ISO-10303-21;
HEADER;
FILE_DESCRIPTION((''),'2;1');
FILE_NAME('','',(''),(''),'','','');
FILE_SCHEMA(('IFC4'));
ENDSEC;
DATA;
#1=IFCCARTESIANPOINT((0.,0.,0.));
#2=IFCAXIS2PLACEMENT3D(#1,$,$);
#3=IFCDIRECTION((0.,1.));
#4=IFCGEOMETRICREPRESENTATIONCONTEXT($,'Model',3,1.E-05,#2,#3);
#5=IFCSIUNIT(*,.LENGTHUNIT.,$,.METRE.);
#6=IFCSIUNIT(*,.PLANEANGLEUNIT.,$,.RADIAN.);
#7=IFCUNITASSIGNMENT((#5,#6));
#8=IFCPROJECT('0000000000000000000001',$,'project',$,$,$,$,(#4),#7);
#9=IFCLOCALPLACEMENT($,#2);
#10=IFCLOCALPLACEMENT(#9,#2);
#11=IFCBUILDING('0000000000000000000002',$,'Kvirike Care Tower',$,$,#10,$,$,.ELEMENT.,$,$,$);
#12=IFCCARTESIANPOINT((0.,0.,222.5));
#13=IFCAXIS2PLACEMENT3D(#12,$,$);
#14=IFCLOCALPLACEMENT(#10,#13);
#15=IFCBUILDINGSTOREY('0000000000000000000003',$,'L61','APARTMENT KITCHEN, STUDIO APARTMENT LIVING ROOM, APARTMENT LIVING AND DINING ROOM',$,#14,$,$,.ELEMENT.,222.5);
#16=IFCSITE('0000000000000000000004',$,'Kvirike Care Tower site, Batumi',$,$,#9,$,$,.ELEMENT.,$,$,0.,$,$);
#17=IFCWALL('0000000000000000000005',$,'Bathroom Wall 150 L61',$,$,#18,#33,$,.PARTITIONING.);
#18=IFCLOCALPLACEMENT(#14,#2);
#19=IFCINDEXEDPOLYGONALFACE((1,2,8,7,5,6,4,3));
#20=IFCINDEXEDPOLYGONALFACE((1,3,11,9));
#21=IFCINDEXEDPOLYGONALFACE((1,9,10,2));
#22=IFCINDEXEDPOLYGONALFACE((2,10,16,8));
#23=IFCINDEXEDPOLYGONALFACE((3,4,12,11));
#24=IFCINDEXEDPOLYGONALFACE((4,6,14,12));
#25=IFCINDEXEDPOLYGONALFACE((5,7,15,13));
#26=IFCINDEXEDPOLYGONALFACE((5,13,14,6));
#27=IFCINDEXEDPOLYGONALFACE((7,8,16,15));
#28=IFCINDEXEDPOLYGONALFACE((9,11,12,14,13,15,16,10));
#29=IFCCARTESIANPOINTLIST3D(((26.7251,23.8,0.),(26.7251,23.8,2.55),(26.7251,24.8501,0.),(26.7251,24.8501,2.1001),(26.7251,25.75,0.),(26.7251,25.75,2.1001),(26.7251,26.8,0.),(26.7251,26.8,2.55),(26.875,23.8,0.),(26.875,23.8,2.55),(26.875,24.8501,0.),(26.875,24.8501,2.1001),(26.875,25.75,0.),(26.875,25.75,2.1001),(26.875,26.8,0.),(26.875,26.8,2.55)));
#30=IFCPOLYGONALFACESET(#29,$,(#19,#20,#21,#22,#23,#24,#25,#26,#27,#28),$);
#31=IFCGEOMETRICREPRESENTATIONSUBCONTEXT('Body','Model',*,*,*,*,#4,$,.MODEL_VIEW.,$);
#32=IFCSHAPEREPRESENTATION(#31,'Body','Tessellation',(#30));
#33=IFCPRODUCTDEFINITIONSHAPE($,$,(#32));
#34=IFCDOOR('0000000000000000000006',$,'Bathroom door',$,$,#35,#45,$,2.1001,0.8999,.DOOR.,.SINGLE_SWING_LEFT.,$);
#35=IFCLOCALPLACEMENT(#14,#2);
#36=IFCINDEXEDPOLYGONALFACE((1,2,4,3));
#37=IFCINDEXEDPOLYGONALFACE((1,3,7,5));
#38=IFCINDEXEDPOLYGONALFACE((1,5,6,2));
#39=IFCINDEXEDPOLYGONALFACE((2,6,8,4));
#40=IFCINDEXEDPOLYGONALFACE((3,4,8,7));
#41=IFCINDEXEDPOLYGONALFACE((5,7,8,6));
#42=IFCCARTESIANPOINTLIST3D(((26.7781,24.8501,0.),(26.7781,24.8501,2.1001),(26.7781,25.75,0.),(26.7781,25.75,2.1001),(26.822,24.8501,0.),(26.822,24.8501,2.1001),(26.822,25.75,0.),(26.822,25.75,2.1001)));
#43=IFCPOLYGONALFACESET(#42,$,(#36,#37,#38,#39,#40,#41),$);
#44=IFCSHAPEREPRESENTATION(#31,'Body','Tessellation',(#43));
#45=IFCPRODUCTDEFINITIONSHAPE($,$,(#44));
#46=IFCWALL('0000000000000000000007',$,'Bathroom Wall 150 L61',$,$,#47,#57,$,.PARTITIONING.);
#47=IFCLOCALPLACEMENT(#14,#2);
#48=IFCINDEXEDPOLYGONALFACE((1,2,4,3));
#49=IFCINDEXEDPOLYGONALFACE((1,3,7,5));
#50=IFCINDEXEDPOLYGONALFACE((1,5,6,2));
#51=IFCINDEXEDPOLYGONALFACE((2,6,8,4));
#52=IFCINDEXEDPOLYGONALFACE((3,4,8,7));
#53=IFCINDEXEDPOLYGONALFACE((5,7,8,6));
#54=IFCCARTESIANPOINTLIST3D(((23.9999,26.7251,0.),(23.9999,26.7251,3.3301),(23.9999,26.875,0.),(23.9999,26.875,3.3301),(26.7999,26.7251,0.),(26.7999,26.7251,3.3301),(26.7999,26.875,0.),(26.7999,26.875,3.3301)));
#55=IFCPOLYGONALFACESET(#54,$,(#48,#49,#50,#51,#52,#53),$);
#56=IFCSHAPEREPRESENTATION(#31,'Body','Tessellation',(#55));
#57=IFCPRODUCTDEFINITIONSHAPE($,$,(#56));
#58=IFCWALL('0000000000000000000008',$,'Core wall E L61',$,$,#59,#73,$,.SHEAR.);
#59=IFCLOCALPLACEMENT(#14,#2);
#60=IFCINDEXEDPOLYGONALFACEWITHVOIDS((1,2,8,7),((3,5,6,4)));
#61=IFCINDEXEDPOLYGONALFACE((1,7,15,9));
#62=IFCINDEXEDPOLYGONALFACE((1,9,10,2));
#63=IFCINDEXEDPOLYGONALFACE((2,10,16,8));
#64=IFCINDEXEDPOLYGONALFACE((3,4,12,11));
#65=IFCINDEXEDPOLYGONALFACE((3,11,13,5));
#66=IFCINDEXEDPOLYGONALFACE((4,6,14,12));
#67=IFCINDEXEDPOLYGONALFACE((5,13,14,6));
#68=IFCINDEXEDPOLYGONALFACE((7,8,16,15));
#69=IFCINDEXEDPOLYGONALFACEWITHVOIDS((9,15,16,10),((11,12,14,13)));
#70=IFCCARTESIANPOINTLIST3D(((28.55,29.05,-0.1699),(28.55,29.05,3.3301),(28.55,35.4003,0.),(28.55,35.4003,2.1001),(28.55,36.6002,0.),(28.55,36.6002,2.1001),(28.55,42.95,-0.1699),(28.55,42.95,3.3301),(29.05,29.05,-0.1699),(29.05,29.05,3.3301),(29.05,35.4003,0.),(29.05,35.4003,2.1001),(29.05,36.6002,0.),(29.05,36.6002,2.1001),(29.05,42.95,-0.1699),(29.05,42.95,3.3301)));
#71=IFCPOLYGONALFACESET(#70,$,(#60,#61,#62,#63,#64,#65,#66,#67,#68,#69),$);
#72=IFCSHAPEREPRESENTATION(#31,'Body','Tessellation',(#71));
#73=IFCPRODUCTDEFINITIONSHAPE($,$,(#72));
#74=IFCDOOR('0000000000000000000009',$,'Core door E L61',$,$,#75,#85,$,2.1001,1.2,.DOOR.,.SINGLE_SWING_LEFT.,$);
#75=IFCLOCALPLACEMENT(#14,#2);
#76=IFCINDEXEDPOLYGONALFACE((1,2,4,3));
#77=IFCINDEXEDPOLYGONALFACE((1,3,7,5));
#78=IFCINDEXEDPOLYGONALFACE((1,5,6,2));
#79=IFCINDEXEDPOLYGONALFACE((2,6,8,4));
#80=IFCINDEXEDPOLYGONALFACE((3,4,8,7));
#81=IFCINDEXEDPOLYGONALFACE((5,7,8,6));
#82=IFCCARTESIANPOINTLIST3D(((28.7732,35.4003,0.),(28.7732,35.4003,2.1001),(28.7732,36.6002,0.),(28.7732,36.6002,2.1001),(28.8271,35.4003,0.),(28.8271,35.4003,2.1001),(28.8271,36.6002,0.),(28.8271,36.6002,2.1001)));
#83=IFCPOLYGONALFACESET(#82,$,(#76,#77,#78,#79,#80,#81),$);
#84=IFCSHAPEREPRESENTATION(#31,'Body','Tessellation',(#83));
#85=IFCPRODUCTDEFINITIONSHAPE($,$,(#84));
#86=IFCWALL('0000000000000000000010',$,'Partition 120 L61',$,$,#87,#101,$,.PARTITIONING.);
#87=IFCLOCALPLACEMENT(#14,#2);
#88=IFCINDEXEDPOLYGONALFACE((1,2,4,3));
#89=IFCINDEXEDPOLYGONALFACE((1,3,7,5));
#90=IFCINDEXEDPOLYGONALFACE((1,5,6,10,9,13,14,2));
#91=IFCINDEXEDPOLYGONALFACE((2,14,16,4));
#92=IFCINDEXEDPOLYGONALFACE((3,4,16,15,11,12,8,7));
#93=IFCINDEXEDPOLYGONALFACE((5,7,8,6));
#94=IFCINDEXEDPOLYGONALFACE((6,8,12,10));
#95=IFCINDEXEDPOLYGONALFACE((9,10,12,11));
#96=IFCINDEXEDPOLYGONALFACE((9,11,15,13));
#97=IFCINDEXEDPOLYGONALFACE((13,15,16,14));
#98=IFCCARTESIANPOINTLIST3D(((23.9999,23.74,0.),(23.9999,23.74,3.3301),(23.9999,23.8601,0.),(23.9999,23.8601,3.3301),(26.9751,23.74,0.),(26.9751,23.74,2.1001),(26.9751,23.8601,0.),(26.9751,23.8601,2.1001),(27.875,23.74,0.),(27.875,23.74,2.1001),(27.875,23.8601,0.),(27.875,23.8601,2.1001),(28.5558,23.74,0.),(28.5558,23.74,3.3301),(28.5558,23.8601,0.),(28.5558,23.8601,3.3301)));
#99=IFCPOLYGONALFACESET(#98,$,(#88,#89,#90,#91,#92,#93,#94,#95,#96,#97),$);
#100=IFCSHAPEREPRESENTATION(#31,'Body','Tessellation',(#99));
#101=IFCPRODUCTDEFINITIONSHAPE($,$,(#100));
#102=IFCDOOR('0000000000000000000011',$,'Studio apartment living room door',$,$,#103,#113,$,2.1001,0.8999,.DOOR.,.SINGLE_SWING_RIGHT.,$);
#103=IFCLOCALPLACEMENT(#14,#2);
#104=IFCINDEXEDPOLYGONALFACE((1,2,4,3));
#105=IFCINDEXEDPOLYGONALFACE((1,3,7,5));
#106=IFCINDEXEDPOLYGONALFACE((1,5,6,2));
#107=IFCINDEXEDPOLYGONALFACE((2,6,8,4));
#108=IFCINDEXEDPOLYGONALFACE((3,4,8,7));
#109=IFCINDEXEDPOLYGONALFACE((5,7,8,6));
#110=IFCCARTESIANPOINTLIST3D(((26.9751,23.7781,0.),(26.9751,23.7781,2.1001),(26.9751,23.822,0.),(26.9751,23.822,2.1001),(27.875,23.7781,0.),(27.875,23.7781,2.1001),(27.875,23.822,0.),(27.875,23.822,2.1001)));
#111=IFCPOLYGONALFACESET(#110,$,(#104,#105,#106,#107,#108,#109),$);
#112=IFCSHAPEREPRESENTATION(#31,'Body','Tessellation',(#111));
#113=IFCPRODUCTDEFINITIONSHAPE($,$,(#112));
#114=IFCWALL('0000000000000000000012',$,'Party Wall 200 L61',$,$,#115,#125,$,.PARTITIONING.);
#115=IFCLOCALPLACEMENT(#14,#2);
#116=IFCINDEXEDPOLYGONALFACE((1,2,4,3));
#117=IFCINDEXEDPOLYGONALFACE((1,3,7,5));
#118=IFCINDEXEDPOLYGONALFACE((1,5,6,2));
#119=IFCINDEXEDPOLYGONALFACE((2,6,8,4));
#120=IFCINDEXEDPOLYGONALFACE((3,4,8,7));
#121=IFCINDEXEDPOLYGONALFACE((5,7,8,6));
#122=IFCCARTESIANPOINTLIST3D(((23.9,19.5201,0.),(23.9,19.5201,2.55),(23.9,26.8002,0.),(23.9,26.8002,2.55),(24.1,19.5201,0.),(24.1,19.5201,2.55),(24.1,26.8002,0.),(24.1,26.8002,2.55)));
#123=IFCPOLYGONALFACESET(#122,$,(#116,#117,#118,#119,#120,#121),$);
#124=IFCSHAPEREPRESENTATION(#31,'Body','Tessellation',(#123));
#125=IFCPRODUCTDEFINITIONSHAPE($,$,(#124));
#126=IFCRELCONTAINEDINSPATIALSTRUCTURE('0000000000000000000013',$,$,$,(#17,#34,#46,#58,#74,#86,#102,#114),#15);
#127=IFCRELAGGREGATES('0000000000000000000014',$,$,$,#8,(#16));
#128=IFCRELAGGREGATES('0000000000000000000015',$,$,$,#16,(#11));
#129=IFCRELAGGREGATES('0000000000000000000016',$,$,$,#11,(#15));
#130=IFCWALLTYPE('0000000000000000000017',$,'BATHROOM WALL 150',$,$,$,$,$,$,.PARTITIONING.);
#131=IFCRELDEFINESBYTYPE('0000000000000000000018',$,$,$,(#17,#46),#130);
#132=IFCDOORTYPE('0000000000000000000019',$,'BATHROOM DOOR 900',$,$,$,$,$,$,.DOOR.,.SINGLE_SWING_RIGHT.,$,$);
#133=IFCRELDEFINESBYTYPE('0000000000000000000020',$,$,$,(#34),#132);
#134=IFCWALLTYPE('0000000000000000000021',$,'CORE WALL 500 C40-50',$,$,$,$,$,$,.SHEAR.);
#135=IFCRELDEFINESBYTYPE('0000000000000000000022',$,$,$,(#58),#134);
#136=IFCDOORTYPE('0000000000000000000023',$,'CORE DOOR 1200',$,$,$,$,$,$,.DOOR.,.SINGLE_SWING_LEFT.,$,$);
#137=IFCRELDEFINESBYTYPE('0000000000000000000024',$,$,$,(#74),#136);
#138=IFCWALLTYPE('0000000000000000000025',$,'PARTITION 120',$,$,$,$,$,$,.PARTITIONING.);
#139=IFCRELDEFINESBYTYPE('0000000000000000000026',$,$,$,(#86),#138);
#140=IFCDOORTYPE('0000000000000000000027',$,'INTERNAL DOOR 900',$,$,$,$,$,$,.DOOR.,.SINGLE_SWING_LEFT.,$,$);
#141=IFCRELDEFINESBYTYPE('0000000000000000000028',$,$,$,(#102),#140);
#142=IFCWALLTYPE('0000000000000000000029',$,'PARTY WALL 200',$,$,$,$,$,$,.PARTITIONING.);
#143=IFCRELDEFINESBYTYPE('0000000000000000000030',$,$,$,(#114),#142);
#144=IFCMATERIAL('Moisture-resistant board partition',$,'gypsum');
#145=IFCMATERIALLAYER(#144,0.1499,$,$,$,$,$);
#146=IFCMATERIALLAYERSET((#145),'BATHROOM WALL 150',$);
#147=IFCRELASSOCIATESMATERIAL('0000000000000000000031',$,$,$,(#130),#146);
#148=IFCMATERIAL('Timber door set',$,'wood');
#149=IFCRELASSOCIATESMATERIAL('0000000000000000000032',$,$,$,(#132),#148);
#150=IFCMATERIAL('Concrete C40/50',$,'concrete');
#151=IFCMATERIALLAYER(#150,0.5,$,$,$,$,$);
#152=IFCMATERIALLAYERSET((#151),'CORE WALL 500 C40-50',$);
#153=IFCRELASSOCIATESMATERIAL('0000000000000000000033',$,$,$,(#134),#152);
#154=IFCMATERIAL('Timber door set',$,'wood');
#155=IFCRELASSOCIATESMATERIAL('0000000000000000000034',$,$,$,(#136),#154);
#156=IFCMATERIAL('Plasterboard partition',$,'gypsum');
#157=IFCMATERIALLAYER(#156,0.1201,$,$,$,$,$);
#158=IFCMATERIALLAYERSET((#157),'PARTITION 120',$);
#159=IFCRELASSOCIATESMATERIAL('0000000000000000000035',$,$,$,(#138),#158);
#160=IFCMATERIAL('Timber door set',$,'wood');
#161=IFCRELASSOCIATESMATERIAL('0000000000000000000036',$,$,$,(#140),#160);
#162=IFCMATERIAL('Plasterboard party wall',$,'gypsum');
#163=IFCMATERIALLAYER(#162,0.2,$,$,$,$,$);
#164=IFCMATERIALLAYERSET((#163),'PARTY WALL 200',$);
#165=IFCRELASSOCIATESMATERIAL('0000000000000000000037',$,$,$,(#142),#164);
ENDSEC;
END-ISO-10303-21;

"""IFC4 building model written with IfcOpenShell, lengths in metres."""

from ifc_helpers import new_model, si_unit, direction, frame, frame_2d, origin, place, context, subcontext, project, spatial, rectangle, extrude, material, layer, layer_set, type_object, element, fill, save


model = new_model("IFC4")

# Units and contexts
model_context = context("Model", 3, precision=1e-05, world=origin(), true_north=direction((0.0, 1.0)))
body_context = subcontext(model_context, "Body", "Model", "MODEL_VIEW")
ifc_project = project(units=[si_unit("LENGTHUNIT", "METRE"), si_unit("PLANEANGLEUNIT", "RADIAN")], contexts=[model_context])

# Site, building, storey
site_placement = place(None, origin())
site = spatial("IfcSite", under=ifc_project, at=site_placement, Name="Kvirike Care Tower site, Batumi", CompositionType="ELEMENT", RefElevation=0.0)
building_placement = place(site_placement, origin())
building = spatial("IfcBuilding", under=site, at=building_placement, Name="Kvirike Care Tower", CompositionType="ELEMENT")
storey_placement = place(building_placement, frame((0.0, 0.0, 222.5)))
storey = spatial("IfcBuildingStorey", under=building, at=storey_placement, Name="L61", Description="APARTMENT KITCHEN, STUDIO APARTMENT LIVING ROOM, APARTMENT LIVING AND DINING ROOM", CompositionType="ELEMENT", Elevation=222.5)

# Shared definitions
ifc_material_1 = material(Name="Moisture-resistant board partition", Category="gypsum")
ifc_layer_1 = layer(ifc_material_1, 0.1499)
ifc_layer_set_1 = layer_set([ifc_layer_1], Name="BATHROOM WALL 150")
wall_type_1 = type_object("IfcWallType", Name="BATHROOM WALL 150", PredefinedType="PARTITIONING", material=ifc_layer_set_1)

# Wall, opening, door
wall_1_placement = place(storey_placement, frame((26.8, 23.8, 0.0), z_axis=(0.0, 0.0, 1.0), x_axis=(0.0, 1.0, 0.0)))
wall_1 = element("IfcWall", 1, at=wall_1_placement, inside=storey, type_object=wall_type_1, Name="Bathroom Wall 150 L61", PredefinedType="PARTITIONING", context=body_context, shape_type="SweptSolid", body=[
    extrude(rectangle(XDim=3.0, YDim=0.1499, at=frame_2d((1.5, 0.0))), origin(), (0.0, 0.0, 1.0), 2.55),
])
opening_1_placement = place(wall_1_placement, frame((1.05, 0.0, 0.0)))
opening_1 = element("IfcOpeningElement", 2, at=opening_1_placement, cuts=wall_1, PredefinedType="OPENING", context=body_context, shape_type="SweptSolid", body=[
    extrude(rectangle(XDim=0.8999, YDim=2.1001, at=frame_2d((0.45, 1.05))), frame((0.0, 0.0854, 0.0), z_axis=(0.0, -1.0, 0.0), x_axis=(1.0, 0.0, 0.0)), (0.0, 0.0, 1.0), 0.1709),
])
ifc_material_2 = material(Name="Timber door set", Category="wood")
door_type_1 = type_object("IfcDoorType", Name="BATHROOM DOOR 900", OperationType="SINGLE_SWING_RIGHT", PredefinedType="DOOR", material=ifc_material_2)
door_1_placement = place(opening_1_placement, frame((0.8999, 0.0, 0.0), z_axis=(0.0, 0.0, 1.0), x_axis=(-1.0, 0.0, 0.0)))
door_1 = element("IfcDoor", 3, at=door_1_placement, inside=storey, type_object=door_type_1, Name="Bathroom door", OperationType="SINGLE_SWING_LEFT", OverallHeight=2.1001, OverallWidth=0.8999, PredefinedType="DOOR", context=body_context, shape_type="SweptSolid", body=[
    extrude(rectangle(XDim=0.8999, YDim=2.1001, at=frame_2d((0.45, 1.05))), frame((0.0, 0.022, 0.0), z_axis=(0.0, -1.0, 0.0), x_axis=(1.0, 0.0, 0.0)), (0.0, 0.0, 1.0), 0.0439),
])
fill(opening_1, door_1)

# Wall
wall_2_placement = place(storey_placement, frame((24.0, 26.8, 0.0), z_axis=(0.0, 0.0, 1.0), x_axis=(1.0, 0.0, 0.0)))
element("IfcWall", 4, at=wall_2_placement, inside=storey, type_object=wall_type_1, Name="Bathroom Wall 150 L61", PredefinedType="PARTITIONING", context=body_context, shape_type="SweptSolid", body=[
    extrude(rectangle(XDim=2.8, YDim=0.1499, at=frame_2d((1.3999, 0.0))), origin(), (0.0, 0.0, 1.0), 3.3301),
])

# Walls, openings, doors
ifc_material_3 = material(Name="Concrete C40/50", Category="concrete")
ifc_layer_2 = layer(ifc_material_3, 0.5)
ifc_layer_set_2 = layer_set([ifc_layer_2], Name="CORE WALL 500 C40-50")
wall_type_2 = type_object("IfcWallType", Name="CORE WALL 500 C40-50", PredefinedType="SHEAR", material=ifc_layer_set_2)
wall_3_placement = place(storey_placement, frame((28.8, 29.05, -0.1699), z_axis=(0.0, 0.0, 1.0), x_axis=(0.0, 1.0, 0.0)))
wall_3 = element("IfcWall", 5, at=wall_3_placement, inside=storey, type_object=wall_type_2, Name="Core wall E L61", PredefinedType="SHEAR", context=body_context, shape_type="SweptSolid", body=[
    extrude(rectangle(XDim=13.8999, YDim=0.5, at=frame_2d((6.95, 0.0))), origin(), (0.0, 0.0, 1.0), 3.5),
])
opening_2_placement = place(wall_3_placement, frame((6.3501, 0.0, 0.1699)))
opening_2 = element("IfcOpeningElement", 6, at=opening_2_placement, cuts=wall_3, PredefinedType="OPENING", context=body_context, shape_type="SweptSolid", body=[
    extrude(rectangle(XDim=1.2, YDim=2.1001, at=frame_2d((0.6001, 1.05))), frame((0.0, 0.2605, 0.0), z_axis=(0.0, -1.0, 0.0), x_axis=(1.0, 0.0, 0.0)), (0.0, 0.0, 1.0), 0.521),
])
ifc_material_4 = material(Name="Timber door set", Category="wood")
door_type_2 = type_object("IfcDoorType", Name="CORE DOOR 1200", OperationType="SINGLE_SWING_LEFT", PredefinedType="DOOR", material=ifc_material_4)
door_2_placement = place(opening_2_placement, origin())
door_2 = element("IfcDoor", 7, at=door_2_placement, inside=storey, type_object=door_type_2, Name="Core door E L61", OperationType="SINGLE_SWING_LEFT", OverallHeight=2.1001, OverallWidth=1.2, PredefinedType="DOOR", context=body_context, shape_type="SweptSolid", body=[
    extrude(rectangle(XDim=1.2, YDim=2.1001, at=frame_2d((0.6001, 1.05))), frame((0.0, 0.0269, 0.0), z_axis=(0.0, -1.0, 0.0), x_axis=(1.0, 0.0, 0.0)), (0.0, 0.0, 1.0), 0.054),
])
fill(opening_2, door_2)
ifc_material_5 = material(Name="Plasterboard partition", Category="gypsum")
ifc_layer_3 = layer(ifc_material_5, 0.1201)
ifc_layer_set_3 = layer_set([ifc_layer_3], Name="PARTITION 120")
wall_type_3 = type_object("IfcWallType", Name="PARTITION 120", PredefinedType="PARTITIONING", material=ifc_layer_set_3)
wall_4_placement = place(storey_placement, frame((24.0, 23.8, 0.0), z_axis=(0.0, 0.0, 1.0), x_axis=(1.0, 0.0, 0.0)))
wall_4 = element("IfcWall", 8, at=wall_4_placement, inside=storey, type_object=wall_type_3, Name="Partition 120 L61", PredefinedType="PARTITIONING", context=body_context, shape_type="SweptSolid", body=[
    extrude(rectangle(XDim=4.5559, YDim=0.1201, at=frame_2d((2.2778, 0.0))), origin(), (0.0, 0.0, 1.0), 3.3301),
])
opening_3_placement = place(wall_4_placement, frame((2.9751, 0.0, 0.0)))
opening_3 = element("IfcOpeningElement", 9, at=opening_3_placement, cuts=wall_4, PredefinedType="OPENING", context=body_context, shape_type="SweptSolid", body=[
    extrude(rectangle(XDim=0.8999, YDim=2.1001, at=frame_2d((0.45, 1.05))), frame((0.0, 0.0706, 0.0), z_axis=(0.0, -1.0, 0.0), x_axis=(1.0, 0.0, 0.0)), (0.0, 0.0, 1.0), 0.1411),
])
ifc_material_6 = material(Name="Timber door set", Category="wood")
door_type_3 = type_object("IfcDoorType", Name="INTERNAL DOOR 900", OperationType="SINGLE_SWING_LEFT", PredefinedType="DOOR", material=ifc_material_6)
door_3_placement = place(opening_3_placement, origin())
door_3 = element("IfcDoor", 10, at=door_3_placement, inside=storey, type_object=door_type_3, Name="Studio apartment living room door", OperationType="SINGLE_SWING_RIGHT", OverallHeight=2.1001, OverallWidth=0.8999, PredefinedType="DOOR", context=body_context, shape_type="SweptSolid", body=[
    extrude(rectangle(XDim=0.8999, YDim=2.1001, at=frame_2d((0.45, 1.05))), frame((0.0, 0.022, 0.0), z_axis=(0.0, -1.0, 0.0), x_axis=(1.0, 0.0, 0.0)), (0.0, 0.0, 1.0), 0.0439),
])
fill(opening_3, door_3)

# Wall
ifc_material_7 = material(Name="Plasterboard party wall", Category="gypsum")
ifc_layer_4 = layer(ifc_material_7, 0.2)
ifc_layer_set_4 = layer_set([ifc_layer_4], Name="PARTY WALL 200")
wall_type_4 = type_object("IfcWallType", Name="PARTY WALL 200", PredefinedType="PARTITIONING", material=ifc_layer_set_4)
wall_5_placement = place(storey_placement, frame((24.0, 19.52, 0.0), z_axis=(0.0, 0.0, 1.0), x_axis=(0.0, 1.0, 0.0)))
element("IfcWall", 11, at=wall_5_placement, inside=storey, type_object=wall_type_4, Name="Party Wall 200 L61", PredefinedType="PARTITIONING", context=body_context, shape_type="SweptSolid", body=[
    extrude(rectangle(XDim=7.28, YDim=0.2, at=frame_2d((3.6401, 0.0))), origin(), (0.0, 0.0, 1.0), 2.55),
])

save(model, "model.ifc")
